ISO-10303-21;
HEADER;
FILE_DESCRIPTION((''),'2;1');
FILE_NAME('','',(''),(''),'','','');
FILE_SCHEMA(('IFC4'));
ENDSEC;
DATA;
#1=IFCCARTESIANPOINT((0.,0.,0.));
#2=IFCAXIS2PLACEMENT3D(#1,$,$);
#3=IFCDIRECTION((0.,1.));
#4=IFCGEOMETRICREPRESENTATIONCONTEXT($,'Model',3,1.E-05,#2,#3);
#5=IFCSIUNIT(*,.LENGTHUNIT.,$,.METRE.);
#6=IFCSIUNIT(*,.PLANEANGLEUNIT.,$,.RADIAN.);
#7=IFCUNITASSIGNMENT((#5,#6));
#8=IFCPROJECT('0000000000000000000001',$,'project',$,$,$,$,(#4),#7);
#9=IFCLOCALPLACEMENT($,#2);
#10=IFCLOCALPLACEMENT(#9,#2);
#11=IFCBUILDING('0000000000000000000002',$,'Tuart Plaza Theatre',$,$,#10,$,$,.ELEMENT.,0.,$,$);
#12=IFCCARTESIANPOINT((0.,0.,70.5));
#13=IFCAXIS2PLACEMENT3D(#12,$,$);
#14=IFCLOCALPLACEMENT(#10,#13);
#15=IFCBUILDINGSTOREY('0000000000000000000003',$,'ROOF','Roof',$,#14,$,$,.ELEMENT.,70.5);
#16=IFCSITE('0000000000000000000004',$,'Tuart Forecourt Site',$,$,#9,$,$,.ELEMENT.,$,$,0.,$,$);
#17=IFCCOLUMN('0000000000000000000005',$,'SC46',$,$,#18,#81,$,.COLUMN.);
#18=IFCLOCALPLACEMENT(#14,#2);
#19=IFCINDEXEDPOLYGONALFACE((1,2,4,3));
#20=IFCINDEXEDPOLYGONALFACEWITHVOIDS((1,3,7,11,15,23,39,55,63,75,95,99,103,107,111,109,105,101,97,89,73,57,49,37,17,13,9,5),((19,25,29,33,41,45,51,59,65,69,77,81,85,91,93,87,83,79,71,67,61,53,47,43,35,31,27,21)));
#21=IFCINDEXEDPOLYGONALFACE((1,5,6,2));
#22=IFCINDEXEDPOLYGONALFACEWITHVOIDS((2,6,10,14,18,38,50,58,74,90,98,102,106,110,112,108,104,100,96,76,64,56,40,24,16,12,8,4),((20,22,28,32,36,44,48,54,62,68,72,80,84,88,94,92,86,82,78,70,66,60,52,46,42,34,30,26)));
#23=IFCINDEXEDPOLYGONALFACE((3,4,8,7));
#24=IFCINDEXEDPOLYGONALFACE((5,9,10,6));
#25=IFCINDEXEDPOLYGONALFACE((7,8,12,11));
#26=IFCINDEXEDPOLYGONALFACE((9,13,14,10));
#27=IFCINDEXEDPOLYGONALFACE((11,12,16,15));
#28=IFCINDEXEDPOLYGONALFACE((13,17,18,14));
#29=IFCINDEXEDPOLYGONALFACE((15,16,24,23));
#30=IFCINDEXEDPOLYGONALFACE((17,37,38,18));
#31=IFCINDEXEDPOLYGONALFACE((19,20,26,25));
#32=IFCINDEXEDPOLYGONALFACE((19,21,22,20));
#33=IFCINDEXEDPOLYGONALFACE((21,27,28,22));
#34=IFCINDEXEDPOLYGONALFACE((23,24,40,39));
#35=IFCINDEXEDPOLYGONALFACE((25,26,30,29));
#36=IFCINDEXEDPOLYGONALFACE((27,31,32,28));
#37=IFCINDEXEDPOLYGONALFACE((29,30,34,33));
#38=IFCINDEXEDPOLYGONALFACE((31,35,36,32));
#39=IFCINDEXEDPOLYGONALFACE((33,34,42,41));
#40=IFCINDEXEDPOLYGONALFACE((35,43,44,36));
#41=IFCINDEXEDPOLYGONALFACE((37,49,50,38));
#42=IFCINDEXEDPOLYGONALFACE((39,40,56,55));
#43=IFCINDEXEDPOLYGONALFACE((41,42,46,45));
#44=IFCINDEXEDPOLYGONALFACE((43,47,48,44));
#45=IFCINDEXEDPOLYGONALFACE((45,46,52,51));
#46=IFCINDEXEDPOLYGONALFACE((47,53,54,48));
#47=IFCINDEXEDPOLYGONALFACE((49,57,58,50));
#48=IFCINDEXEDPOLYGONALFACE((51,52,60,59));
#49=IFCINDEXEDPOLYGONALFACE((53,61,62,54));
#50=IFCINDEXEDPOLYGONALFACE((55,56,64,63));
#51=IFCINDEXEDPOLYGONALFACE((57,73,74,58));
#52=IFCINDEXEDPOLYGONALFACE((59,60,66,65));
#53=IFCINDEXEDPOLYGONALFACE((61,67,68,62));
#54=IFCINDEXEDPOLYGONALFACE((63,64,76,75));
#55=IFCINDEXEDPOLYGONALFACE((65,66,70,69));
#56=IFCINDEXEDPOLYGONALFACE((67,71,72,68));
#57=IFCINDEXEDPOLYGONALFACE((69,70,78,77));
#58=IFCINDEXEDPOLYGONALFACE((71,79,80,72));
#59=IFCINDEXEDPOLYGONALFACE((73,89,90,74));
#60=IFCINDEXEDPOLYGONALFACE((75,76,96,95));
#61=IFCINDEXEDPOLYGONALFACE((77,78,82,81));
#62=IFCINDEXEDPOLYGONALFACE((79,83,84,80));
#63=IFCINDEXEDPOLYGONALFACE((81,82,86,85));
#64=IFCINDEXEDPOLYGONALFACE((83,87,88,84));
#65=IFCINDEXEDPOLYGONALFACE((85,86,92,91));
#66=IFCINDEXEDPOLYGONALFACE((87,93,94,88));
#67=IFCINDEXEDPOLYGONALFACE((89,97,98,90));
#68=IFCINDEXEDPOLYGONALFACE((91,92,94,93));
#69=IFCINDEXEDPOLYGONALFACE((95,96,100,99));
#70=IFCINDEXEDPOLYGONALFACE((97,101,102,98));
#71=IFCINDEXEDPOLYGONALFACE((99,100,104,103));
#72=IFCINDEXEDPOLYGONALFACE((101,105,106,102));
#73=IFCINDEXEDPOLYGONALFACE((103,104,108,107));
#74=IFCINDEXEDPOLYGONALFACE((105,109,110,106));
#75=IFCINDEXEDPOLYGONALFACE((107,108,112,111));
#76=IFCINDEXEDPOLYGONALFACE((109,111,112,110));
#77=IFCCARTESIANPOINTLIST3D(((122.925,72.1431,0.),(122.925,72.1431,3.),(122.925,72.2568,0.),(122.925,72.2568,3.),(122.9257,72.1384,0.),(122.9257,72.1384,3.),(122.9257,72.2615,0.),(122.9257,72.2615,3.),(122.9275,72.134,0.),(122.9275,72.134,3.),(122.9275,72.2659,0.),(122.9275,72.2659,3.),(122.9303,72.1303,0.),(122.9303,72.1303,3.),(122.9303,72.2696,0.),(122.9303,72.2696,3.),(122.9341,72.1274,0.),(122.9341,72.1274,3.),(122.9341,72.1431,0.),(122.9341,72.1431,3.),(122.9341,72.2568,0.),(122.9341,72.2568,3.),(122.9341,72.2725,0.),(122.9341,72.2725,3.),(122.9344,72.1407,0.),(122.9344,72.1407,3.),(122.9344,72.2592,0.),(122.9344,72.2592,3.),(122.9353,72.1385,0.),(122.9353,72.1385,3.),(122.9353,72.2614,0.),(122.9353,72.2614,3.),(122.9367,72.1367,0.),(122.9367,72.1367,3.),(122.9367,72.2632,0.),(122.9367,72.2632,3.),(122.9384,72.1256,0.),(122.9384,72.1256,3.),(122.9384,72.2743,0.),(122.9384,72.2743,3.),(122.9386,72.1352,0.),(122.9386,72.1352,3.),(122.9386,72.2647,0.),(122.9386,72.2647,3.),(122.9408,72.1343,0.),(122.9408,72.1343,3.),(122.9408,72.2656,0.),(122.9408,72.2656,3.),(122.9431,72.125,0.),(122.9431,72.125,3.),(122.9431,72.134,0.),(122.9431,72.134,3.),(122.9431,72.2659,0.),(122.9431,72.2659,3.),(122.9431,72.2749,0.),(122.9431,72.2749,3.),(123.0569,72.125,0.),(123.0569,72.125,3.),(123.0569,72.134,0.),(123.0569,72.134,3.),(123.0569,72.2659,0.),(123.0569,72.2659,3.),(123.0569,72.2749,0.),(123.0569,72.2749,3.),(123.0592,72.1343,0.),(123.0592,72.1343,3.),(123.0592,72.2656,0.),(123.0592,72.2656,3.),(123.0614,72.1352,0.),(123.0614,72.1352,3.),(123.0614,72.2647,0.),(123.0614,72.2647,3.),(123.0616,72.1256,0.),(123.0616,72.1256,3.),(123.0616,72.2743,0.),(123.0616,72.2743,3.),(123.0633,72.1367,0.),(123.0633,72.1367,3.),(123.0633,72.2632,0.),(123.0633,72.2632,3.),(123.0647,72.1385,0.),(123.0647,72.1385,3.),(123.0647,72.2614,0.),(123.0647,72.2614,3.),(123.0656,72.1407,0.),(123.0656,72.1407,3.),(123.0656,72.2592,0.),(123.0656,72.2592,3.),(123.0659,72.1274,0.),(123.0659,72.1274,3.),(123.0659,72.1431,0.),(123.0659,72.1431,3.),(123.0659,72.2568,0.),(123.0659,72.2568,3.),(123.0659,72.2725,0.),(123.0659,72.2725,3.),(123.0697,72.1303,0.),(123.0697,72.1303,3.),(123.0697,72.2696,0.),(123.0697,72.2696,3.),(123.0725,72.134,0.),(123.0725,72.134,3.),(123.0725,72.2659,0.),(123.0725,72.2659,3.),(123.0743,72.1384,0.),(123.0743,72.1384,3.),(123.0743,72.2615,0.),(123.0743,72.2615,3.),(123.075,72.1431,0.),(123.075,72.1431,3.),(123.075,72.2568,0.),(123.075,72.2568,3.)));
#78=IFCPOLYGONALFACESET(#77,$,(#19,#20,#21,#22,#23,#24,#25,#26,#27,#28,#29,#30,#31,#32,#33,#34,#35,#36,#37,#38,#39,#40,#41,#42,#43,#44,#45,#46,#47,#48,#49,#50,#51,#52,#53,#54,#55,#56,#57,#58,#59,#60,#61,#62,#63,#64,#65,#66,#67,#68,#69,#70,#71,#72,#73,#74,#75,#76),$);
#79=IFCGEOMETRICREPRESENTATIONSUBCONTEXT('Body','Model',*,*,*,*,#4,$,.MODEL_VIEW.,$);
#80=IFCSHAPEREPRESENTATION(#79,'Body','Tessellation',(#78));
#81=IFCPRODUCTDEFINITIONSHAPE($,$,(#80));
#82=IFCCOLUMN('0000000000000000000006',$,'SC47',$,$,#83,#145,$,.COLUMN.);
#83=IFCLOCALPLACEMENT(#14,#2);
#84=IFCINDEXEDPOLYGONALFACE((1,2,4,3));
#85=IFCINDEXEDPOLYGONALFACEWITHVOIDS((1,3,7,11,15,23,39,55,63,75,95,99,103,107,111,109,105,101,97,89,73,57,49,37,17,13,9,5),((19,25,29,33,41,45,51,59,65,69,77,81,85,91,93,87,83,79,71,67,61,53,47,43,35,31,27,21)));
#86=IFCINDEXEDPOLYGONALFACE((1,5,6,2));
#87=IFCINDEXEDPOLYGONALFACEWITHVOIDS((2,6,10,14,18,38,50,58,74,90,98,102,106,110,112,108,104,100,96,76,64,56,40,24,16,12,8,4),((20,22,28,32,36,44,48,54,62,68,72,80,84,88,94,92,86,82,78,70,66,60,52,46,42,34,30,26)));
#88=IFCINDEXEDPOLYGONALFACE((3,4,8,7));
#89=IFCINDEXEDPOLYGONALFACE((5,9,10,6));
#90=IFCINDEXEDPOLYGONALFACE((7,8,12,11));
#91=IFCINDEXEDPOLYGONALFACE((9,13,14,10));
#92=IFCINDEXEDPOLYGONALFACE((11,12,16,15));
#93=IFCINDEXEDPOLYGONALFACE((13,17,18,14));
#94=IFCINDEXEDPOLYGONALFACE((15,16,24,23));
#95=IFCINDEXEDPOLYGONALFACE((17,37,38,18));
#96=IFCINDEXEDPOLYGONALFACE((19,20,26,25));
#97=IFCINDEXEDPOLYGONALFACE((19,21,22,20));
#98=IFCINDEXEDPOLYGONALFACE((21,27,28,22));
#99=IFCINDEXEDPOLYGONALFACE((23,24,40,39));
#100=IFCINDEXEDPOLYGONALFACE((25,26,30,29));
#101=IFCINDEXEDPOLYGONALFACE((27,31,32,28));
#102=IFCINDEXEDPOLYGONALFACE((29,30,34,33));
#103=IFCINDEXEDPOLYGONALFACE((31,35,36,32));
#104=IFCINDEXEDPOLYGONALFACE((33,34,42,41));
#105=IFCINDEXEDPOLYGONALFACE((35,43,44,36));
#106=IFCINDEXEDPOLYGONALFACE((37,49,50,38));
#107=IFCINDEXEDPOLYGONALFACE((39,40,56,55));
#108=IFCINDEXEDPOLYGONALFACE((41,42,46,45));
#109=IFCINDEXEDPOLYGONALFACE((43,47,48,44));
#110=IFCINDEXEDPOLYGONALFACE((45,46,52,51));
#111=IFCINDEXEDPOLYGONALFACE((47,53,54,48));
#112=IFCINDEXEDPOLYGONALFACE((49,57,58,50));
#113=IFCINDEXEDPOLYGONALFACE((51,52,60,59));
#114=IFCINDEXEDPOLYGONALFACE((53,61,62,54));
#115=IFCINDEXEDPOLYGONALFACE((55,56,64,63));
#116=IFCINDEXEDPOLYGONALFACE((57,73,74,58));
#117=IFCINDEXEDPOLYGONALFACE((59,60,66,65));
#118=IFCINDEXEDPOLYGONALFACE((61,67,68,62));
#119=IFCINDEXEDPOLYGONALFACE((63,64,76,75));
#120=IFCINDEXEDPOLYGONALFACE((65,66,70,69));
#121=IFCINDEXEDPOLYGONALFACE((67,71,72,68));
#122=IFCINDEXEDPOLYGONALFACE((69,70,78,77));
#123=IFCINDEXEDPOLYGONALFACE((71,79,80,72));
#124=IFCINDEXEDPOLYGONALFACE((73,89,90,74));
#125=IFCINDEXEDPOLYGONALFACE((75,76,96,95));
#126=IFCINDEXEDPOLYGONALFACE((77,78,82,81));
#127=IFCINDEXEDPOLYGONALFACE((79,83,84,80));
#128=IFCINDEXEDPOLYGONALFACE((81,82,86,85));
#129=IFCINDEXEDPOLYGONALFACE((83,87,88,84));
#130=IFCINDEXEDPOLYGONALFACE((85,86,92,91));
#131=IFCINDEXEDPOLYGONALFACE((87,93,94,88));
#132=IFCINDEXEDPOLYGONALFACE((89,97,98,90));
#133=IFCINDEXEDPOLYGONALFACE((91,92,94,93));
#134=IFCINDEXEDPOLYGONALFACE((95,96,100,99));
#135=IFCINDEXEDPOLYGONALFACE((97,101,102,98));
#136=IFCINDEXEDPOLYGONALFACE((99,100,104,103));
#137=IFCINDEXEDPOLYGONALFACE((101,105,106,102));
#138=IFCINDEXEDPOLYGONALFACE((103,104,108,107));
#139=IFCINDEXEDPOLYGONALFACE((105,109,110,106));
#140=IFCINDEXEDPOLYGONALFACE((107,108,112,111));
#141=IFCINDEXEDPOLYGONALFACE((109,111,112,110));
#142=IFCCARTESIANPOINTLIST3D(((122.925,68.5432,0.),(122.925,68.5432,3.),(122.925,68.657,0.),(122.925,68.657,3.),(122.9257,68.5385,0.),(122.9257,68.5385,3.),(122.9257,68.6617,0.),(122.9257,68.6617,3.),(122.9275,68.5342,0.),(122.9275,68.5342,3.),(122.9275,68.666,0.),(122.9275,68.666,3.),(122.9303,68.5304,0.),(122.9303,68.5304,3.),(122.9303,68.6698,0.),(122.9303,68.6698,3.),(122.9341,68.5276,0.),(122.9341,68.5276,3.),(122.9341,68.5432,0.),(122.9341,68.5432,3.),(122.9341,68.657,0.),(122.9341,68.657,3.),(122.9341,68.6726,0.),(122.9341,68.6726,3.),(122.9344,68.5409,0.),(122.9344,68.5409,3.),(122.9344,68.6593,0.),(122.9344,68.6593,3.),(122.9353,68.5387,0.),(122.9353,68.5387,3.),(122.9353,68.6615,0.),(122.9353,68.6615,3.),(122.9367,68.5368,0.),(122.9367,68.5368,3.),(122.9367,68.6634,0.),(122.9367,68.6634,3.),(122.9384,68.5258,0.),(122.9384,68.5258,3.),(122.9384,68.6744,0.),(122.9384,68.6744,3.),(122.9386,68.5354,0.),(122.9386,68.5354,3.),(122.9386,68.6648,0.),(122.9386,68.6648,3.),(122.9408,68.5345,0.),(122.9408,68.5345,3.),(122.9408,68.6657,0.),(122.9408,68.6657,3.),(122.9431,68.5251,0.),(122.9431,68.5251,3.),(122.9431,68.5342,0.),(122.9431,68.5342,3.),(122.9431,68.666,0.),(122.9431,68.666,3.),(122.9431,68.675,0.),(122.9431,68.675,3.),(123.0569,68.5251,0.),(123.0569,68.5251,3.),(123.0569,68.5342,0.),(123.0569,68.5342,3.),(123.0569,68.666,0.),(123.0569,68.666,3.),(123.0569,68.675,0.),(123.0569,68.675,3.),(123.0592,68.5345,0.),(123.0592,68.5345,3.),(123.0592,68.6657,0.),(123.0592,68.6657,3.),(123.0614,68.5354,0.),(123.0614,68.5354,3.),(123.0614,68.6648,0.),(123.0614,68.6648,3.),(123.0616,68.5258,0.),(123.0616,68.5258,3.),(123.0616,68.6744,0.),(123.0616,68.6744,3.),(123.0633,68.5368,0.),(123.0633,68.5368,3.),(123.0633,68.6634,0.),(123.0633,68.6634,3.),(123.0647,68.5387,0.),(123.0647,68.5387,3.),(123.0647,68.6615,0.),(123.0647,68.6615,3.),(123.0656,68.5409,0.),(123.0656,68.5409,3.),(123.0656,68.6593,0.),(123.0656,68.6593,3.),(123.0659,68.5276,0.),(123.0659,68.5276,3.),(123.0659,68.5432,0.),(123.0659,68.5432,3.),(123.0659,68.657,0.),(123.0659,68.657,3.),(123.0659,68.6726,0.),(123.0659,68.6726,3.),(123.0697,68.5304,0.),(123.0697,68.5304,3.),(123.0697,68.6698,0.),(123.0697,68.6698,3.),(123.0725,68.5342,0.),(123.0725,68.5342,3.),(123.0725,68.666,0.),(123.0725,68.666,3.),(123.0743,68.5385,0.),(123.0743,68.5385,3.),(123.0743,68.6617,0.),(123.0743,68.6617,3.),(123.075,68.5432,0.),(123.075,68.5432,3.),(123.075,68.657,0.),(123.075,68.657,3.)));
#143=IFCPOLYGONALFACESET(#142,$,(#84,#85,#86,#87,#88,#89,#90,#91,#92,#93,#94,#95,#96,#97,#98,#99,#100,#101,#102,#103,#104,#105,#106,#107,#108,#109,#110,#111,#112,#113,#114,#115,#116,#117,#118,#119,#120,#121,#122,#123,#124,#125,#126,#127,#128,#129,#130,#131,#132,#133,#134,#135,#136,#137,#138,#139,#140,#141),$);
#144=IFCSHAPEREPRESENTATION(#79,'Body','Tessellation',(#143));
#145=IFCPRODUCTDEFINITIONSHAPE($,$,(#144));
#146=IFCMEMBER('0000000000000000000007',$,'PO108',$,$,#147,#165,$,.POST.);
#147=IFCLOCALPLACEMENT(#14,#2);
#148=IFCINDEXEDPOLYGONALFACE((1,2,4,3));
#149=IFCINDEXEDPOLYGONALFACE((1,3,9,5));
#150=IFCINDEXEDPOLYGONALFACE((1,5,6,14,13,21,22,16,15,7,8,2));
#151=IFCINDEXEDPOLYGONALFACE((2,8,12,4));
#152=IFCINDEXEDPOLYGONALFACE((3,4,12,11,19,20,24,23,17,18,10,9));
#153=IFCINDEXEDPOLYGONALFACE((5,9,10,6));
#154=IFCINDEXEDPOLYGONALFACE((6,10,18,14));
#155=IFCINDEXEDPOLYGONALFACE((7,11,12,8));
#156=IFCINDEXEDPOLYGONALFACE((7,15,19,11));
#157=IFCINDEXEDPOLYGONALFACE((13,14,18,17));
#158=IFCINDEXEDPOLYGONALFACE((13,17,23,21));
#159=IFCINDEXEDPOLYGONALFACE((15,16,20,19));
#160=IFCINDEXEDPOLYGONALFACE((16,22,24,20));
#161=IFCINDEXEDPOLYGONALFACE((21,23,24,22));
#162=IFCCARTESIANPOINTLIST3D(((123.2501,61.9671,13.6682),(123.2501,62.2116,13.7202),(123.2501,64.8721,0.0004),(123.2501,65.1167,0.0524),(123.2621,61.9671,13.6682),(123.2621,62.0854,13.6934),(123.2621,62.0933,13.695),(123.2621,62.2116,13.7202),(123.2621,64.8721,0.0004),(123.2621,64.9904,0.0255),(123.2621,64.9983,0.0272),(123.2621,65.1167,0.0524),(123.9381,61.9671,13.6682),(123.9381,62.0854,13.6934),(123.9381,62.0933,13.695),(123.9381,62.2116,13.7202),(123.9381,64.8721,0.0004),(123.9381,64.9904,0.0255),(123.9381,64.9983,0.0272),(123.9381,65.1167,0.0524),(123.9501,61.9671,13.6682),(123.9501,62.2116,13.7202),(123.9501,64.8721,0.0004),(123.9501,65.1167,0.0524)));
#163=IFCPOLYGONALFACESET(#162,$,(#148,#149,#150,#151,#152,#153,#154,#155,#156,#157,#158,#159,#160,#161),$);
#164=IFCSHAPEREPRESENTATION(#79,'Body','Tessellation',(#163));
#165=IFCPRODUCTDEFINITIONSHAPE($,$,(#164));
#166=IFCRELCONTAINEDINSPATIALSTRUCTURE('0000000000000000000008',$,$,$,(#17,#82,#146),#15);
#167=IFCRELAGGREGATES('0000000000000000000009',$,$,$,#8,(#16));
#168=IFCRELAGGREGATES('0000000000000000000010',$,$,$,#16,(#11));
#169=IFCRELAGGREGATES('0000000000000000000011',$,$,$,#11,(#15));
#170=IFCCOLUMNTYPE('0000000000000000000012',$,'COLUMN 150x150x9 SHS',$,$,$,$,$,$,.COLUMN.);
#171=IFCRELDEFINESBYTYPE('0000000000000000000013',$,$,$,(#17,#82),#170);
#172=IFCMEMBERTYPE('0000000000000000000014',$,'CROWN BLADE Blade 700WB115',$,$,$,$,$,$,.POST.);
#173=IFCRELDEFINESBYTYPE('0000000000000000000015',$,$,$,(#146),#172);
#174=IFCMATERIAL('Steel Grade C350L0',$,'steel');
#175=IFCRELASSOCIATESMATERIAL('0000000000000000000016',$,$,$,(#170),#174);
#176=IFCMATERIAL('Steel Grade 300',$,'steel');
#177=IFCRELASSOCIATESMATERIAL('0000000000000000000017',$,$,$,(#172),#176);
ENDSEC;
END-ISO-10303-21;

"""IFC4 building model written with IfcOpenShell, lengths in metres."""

from ifc_helpers import new_model, si_unit, direction, frame, origin, origin_2d, place, context, subcontext, project, spatial, hollow_rectangle, i_section, extrude, material, material_profile, profile_set, type_object, element, save


model = new_model("IFC4")

# Units and contexts
model_context = context("Model", 3, precision=1e-05, world=origin(), true_north=direction((0.0, 1.0)))
body_context = subcontext(model_context, "Body", "Model", "MODEL_VIEW")
ifc_project = project(units=[si_unit("LENGTHUNIT", "METRE"), si_unit("PLANEANGLEUNIT", "RADIAN")], contexts=[model_context])

# Site, building, storey
site_placement = place(None, origin())
site = spatial("IfcSite", under=ifc_project, at=site_placement, Name="Tuart Forecourt Site", CompositionType="ELEMENT", RefElevation=0.0)
building_placement = place(site_placement, origin())
building = spatial("IfcBuilding", under=site, at=building_placement, Name="Tuart Plaza Theatre", CompositionType="ELEMENT", ElevationOfRefHeight=0.0)
storey_placement = place(building_placement, frame((0.0, 0.0, 70.5)))
storey = spatial("IfcBuildingStorey", under=building, at=storey_placement, Name="ROOF", Description="Roof", CompositionType="ELEMENT", Elevation=70.5)

# Columns
ifc_material_1 = material(Name="Steel Grade C350L0", Category="steel")
ifc_material_profile_1 = material_profile(ifc_material_1, hollow_rectangle(XDim=0.1499, YDim=0.1499, WallThickness=0.009, InnerFilletRadius=0.009, OuterFilletRadius=0.0181, at=origin_2d()), Name="150x150x9 SHS")
ifc_profile_set_1 = profile_set([ifc_material_profile_1], Name="Steel Grade C350L0")
column_type = type_object("IfcColumnType", Name="COLUMN 150x150x9 SHS", PredefinedType="COLUMN", material=ifc_profile_set_1)
for number, where, z_axis, x_axis, name in (
    (1, (123.0, 72.2, 0.0), (0.0, 0.0, 1.0), (1.0, 0.0, 0.0), "SC46"),
    (2, (123.0, 68.6001, 0.0), (0.0, 0.0, 1.0), (1.0, 0.0, 0.0), "SC47"),
):
    element("IfcColumn", number, at=place(storey_placement, frame(where, z_axis=z_axis, x_axis=x_axis)), inside=storey, type_object=column_type, Name=name, PredefinedType="COLUMN", context=body_context, shape_type="SweptSolid", body=[
        extrude(hollow_rectangle(XDim=0.1499, YDim=0.1499, WallThickness=0.009, InnerFilletRadius=0.009, OuterFilletRadius=0.0181, at=origin_2d()), origin(), (0.0, 0.0, 1.0), 3.0),
    ])

# Member
ifc_material_2 = material(Name="Steel Grade 300", Category="steel")
ifc_material_profile_2 = material_profile(ifc_material_2, i_section(OverallWidth=0.25, OverallDepth=0.7, WebThickness=0.0081, FlangeThickness=0.012, at=origin_2d()), Name="700WB115")
ifc_profile_set_2 = profile_set([ifc_material_profile_2], Name="Steel Grade 300")
member_type_1 = type_object("IfcMemberType", Name="CROWN BLADE Blade 700WB115", PredefinedType="POST", material=ifc_profile_set_2)
member_placement = place(storey_placement, frame((123.6001, 64.9944, 0.0264), z_axis=(0.0, -0.207902, 0.97815), x_axis=(0.0, 0.97815, 0.207902)))
element("IfcMember", 3, at=member_placement, inside=storey, type_object=member_type_1, Name="PO108", PredefinedType="POST", context=body_context, shape_type="SweptSolid", body=[
    extrude(i_section(OverallWidth=0.25, OverallDepth=0.7, WebThickness=0.0081, FlangeThickness=0.012, at=origin_2d()), origin(), (0.0, 0.0, 1.0), 13.9731),
])

save(model, "model.ifc")
